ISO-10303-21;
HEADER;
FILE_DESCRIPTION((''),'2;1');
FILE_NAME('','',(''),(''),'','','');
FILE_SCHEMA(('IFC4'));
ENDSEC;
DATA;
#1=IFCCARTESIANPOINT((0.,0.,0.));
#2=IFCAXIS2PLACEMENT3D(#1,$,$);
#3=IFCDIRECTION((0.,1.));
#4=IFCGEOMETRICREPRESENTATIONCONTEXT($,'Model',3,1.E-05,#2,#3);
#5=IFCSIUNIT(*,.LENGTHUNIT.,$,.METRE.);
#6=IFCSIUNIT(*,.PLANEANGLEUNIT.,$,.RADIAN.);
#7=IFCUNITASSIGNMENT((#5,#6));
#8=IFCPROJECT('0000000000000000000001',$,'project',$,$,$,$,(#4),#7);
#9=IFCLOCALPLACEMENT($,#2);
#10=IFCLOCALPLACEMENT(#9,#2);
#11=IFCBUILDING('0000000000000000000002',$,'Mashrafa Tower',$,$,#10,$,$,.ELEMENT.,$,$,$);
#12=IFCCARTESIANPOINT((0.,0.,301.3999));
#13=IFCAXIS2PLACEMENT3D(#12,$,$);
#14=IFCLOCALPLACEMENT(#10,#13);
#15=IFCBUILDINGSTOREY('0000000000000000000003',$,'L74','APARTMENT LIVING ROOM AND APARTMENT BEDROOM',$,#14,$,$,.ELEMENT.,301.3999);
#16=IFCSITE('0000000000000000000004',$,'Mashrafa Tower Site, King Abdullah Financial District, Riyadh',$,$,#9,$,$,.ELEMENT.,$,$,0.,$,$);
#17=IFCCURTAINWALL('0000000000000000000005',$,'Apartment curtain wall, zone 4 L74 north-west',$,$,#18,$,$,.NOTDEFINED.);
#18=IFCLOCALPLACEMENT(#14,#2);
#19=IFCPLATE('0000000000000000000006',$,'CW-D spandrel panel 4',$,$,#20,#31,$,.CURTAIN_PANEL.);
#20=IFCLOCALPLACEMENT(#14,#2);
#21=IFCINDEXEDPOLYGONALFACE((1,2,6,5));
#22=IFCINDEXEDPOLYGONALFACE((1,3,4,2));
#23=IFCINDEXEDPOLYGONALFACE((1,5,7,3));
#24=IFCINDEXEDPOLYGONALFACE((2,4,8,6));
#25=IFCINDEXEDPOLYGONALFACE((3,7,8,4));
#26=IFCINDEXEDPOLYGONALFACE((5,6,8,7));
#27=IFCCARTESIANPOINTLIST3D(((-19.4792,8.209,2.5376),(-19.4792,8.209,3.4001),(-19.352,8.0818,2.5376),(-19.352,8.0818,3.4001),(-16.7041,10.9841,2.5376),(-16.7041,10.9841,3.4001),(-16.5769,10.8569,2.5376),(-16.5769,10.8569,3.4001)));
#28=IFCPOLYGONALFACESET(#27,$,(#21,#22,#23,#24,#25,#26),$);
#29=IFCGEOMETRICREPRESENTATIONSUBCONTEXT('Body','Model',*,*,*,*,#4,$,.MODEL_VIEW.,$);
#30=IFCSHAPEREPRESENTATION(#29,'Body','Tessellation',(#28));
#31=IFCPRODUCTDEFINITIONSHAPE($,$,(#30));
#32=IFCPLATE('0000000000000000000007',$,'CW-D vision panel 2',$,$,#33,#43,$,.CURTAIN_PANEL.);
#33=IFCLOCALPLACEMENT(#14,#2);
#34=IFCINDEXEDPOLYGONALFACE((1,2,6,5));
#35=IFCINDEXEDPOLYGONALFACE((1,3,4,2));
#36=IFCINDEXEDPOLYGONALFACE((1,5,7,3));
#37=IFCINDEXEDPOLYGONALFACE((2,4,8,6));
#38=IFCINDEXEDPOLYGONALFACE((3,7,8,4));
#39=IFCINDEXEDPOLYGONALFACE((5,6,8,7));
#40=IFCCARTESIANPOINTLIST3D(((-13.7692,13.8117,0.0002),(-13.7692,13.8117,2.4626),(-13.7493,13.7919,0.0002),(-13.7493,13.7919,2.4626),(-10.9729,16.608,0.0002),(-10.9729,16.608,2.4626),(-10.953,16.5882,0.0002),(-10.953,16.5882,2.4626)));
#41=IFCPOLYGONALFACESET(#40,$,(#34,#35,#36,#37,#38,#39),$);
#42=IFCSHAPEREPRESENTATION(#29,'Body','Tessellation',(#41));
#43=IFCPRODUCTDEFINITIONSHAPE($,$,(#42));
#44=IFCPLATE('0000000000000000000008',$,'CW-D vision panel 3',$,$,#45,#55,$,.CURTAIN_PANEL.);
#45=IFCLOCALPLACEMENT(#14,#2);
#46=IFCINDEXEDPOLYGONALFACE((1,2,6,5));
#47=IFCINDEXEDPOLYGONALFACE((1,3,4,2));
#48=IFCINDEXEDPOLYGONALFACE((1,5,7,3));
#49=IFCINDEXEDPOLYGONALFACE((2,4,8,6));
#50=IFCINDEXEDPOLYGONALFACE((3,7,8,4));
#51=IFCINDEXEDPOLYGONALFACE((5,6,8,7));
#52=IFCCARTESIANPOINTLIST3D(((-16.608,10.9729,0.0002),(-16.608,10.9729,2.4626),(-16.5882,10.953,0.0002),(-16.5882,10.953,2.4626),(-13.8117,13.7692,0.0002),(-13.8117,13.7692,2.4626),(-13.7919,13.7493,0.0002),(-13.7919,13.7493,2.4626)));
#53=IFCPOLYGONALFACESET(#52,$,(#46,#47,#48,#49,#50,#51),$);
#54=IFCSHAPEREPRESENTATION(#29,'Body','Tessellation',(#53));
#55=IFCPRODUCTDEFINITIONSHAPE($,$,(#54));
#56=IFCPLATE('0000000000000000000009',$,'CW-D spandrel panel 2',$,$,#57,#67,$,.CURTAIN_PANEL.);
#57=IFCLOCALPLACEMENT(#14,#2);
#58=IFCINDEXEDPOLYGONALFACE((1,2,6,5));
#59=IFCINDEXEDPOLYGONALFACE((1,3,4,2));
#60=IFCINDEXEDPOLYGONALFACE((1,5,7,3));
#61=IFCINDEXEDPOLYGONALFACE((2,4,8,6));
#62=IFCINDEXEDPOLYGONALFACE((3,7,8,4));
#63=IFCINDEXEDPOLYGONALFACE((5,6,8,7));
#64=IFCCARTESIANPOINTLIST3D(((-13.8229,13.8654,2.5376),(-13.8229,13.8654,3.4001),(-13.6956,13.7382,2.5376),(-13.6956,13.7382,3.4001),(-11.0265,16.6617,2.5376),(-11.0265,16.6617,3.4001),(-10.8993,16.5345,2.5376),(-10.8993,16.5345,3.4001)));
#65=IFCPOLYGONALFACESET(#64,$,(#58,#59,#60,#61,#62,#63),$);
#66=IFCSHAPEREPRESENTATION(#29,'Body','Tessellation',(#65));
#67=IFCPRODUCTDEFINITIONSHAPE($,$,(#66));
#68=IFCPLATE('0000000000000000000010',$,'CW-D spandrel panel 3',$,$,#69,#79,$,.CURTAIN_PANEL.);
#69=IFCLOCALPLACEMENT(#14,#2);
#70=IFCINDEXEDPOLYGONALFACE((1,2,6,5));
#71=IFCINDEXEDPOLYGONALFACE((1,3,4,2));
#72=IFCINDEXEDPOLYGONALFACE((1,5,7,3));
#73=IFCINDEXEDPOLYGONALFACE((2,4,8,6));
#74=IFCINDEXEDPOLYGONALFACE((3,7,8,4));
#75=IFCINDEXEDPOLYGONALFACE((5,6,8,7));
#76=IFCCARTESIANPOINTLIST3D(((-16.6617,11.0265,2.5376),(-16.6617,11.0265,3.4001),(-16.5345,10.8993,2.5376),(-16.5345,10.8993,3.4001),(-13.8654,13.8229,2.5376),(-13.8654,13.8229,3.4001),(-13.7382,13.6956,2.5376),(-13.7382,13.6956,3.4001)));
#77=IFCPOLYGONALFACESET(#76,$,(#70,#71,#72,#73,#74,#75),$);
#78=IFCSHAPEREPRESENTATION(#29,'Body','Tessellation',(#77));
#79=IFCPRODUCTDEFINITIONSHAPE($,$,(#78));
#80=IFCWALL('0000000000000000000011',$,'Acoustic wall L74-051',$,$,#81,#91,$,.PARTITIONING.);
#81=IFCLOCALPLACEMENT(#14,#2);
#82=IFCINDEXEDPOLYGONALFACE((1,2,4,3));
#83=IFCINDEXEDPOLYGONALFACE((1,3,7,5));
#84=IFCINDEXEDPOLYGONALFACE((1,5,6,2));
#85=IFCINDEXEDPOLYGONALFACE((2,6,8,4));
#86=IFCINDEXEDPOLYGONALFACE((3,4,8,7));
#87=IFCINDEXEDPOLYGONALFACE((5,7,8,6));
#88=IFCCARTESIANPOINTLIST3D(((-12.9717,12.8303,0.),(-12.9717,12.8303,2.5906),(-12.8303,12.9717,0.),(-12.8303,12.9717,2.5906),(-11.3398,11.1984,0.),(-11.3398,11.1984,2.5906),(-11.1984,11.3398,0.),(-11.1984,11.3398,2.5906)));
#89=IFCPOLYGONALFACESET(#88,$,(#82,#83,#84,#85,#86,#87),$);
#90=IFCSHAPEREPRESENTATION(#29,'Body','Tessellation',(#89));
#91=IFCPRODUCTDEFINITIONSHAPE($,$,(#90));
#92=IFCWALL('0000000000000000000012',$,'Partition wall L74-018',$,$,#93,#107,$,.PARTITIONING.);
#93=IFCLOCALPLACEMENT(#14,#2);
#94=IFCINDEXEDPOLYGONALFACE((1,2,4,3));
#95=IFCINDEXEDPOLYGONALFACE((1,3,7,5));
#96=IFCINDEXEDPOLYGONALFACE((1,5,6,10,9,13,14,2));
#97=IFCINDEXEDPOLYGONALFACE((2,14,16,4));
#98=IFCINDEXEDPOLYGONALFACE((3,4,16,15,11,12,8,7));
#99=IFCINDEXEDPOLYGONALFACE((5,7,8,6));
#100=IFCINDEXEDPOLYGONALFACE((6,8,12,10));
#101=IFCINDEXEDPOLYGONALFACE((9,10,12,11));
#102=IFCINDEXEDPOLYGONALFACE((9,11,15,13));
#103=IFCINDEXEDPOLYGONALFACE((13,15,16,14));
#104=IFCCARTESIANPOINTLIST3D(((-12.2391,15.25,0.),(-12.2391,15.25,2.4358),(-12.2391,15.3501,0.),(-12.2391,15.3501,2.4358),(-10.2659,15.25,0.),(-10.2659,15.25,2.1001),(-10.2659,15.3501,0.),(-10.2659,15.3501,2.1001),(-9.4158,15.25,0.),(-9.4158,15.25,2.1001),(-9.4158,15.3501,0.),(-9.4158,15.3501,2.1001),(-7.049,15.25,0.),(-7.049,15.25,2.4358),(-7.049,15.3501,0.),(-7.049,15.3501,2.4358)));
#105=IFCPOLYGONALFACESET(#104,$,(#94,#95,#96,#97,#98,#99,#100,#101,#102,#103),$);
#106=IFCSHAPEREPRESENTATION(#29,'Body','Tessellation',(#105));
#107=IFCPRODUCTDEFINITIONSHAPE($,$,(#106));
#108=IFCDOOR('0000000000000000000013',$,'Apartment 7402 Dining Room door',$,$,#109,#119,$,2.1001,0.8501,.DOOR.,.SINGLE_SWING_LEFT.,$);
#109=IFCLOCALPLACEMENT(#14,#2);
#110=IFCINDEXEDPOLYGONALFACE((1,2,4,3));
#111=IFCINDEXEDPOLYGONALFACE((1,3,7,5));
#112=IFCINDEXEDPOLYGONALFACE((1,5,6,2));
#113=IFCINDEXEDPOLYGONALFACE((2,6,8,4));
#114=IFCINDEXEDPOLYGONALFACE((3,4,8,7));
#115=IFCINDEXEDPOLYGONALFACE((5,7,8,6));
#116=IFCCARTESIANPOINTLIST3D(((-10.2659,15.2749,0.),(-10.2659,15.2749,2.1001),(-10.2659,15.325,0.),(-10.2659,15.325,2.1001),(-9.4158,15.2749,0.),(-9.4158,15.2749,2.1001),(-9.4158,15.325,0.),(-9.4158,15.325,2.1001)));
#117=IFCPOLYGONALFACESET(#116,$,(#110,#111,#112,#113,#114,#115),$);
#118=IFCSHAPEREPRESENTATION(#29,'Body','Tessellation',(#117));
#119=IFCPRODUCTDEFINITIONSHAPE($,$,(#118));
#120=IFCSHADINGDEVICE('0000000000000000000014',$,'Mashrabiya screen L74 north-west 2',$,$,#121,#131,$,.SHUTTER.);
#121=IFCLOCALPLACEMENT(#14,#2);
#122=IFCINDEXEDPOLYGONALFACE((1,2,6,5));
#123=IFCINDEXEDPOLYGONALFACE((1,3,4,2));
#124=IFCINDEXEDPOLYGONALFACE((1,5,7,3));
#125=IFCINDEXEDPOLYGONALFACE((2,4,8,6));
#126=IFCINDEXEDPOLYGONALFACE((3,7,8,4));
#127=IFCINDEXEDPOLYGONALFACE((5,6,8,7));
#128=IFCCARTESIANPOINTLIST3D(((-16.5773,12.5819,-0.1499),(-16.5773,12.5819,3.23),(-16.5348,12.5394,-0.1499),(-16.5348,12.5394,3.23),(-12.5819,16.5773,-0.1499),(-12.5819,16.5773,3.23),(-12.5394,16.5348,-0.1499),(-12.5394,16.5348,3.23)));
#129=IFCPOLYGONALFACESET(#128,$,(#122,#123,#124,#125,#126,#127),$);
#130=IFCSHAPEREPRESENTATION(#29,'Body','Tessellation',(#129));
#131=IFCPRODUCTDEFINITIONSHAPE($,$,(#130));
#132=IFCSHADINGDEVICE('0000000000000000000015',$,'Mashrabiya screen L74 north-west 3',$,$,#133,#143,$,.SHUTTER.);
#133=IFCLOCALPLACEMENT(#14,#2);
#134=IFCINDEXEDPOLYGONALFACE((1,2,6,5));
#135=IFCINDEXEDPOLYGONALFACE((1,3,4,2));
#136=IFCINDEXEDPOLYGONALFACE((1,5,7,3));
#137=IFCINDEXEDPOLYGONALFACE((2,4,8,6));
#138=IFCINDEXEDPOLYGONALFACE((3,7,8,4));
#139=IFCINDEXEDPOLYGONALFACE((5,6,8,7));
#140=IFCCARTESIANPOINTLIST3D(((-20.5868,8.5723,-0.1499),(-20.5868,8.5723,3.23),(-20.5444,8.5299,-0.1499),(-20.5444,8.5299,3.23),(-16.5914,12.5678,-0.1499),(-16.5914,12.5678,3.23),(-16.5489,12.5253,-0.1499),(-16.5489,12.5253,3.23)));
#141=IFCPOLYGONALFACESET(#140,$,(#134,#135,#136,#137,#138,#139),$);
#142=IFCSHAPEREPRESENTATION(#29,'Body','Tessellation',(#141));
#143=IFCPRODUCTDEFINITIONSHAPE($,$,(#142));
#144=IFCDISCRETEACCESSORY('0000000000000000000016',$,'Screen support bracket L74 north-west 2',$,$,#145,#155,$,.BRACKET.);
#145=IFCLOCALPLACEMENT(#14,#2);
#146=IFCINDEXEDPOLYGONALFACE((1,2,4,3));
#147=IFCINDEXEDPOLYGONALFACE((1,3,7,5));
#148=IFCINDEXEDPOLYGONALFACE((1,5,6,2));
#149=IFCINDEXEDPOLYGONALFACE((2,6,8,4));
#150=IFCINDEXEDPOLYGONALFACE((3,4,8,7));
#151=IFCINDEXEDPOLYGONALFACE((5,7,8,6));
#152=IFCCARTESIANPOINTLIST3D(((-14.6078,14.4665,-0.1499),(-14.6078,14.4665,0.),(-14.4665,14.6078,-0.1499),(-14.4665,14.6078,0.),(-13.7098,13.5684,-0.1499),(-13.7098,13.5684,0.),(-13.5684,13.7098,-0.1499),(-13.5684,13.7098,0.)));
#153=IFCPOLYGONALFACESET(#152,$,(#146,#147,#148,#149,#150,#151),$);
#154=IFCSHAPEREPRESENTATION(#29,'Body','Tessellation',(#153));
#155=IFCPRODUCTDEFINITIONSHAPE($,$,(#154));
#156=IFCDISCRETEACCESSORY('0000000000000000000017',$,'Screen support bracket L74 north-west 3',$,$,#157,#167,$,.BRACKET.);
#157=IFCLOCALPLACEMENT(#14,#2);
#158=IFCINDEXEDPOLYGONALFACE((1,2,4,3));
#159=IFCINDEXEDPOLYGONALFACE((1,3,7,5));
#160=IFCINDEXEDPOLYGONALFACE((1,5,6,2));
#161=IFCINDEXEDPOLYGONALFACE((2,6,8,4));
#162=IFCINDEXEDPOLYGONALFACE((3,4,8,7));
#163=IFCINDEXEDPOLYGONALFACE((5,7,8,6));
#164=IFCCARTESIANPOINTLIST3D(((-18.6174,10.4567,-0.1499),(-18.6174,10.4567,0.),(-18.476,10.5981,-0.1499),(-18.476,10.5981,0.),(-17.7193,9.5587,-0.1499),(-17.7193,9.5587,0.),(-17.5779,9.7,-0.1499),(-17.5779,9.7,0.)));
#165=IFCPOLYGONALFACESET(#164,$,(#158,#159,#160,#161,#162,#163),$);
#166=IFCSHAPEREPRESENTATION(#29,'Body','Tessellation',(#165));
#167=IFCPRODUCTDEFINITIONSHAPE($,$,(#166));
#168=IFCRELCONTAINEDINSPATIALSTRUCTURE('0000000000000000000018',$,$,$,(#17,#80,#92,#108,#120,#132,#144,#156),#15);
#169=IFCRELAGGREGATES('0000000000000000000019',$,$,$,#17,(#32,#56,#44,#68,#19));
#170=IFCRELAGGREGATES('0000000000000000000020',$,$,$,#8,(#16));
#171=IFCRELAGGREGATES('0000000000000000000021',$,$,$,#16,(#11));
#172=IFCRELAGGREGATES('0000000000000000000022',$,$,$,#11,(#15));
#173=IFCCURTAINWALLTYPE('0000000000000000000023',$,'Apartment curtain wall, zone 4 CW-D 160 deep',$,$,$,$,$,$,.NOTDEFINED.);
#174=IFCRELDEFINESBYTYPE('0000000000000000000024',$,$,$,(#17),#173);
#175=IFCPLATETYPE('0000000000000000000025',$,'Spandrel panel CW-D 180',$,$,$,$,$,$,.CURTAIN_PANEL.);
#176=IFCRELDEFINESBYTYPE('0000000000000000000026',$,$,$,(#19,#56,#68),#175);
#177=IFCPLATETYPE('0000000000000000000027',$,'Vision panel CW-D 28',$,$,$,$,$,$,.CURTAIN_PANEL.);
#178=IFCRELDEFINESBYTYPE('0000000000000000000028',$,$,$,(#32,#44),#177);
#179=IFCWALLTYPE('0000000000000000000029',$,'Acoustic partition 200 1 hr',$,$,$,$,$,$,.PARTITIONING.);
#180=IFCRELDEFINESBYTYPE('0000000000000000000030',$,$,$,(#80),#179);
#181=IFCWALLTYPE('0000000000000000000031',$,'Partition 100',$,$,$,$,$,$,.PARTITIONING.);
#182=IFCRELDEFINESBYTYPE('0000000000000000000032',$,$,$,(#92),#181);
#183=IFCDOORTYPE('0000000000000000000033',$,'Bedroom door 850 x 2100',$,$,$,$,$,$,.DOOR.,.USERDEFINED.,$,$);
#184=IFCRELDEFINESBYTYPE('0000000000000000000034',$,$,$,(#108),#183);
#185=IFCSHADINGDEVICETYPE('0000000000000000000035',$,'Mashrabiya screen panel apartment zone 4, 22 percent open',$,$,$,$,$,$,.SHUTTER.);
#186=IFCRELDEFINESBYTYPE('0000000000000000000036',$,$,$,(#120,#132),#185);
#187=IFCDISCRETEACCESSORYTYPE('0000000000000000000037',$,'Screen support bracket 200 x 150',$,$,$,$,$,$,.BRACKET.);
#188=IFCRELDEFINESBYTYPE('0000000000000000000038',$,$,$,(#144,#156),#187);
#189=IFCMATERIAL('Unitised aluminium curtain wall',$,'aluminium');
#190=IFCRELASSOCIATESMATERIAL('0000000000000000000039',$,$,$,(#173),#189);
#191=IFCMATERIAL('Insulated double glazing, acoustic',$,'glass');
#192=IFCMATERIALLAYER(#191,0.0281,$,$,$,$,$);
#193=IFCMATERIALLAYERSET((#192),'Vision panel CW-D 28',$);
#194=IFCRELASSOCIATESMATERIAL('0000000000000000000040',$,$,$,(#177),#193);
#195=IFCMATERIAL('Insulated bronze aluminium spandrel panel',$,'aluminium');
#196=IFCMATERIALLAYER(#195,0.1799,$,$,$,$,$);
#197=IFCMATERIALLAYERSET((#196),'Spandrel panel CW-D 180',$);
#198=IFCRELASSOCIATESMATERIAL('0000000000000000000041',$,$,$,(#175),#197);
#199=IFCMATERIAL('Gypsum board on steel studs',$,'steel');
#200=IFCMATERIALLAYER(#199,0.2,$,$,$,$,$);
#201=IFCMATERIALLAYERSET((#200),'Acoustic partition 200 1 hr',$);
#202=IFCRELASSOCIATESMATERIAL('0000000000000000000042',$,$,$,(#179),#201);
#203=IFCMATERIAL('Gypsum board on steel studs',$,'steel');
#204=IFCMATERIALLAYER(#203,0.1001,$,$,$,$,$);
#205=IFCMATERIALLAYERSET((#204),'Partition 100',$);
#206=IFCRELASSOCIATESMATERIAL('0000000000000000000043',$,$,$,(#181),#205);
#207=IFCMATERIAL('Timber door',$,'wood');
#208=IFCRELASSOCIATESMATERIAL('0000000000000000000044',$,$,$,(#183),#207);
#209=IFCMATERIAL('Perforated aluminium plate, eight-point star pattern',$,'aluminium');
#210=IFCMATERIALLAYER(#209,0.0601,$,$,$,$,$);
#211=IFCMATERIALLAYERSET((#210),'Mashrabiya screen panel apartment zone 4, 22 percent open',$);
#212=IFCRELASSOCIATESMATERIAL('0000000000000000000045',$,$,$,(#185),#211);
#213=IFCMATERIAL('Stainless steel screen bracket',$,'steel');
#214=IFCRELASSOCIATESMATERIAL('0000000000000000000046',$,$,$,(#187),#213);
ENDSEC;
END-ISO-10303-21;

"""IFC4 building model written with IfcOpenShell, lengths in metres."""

from ifc_helpers import new_model, si_unit, direction, frame, frame_2d, origin, origin_2d, place, context, subcontext, project, spatial, rectangle, extrude, source, transform, mapped, material, layer, layer_set, type_object, type_shapes, element, fill, aggregate, save


model = new_model("IFC4")

# Units and contexts
model_context = context("Model", 3, precision=1e-05, world=origin(), true_north=direction((0.0, 1.0)))
body_context = subcontext(model_context, "Body", "Model", "MODEL_VIEW")
ifc_project = project(units=[si_unit("LENGTHUNIT", "METRE"), si_unit("PLANEANGLEUNIT", "RADIAN")], contexts=[model_context])

# Site, building, storey
site_placement = place(None, origin())
site = spatial("IfcSite", under=ifc_project, at=site_placement, Name="Mashrafa Tower Site, King Abdullah Financial District, Riyadh", CompositionType="ELEMENT", RefElevation=0.0)
building_placement = place(site_placement, origin())
building = spatial("IfcBuilding", under=site, at=building_placement, Name="Mashrafa Tower", CompositionType="ELEMENT")
storey_placement = place(building_placement, frame((0.0, 0.0, 301.3999)))
storey = spatial("IfcBuildingStorey", under=building, at=storey_placement, Name="L74", Description="APARTMENT LIVING ROOM AND APARTMENT BEDROOM", CompositionType="ELEMENT", Elevation=301.3999)

# Curtain wall
ifc_material_1 = material(Name="Unitised aluminium curtain wall", Category="aluminium")
curtain_wall_type = type_object("IfcCurtainWallType", Name="Apartment curtain wall, zone 4 CW-D 160 deep", PredefinedType="NOTDEFINED", material=ifc_material_1)
curtain_wall_1_placement = place(storey_placement, origin())
curtain_wall_1 = element("IfcCurtainWall", 1, at=curtain_wall_1_placement, inside=storey, type_object=curtain_wall_type, Name="Apartment curtain wall, zone 4 L74 north-west", PredefinedType="NOTDEFINED")

# Plates
ifc_material_2 = material(Name="Insulated double glazing, acoustic", Category="glass")
ifc_layer_1 = layer(ifc_material_2, 0.0281)
ifc_layer_set_1 = layer_set([ifc_layer_1], Name="Vision panel CW-D 28")
plate_type_1 = type_object("IfcPlateType", Name="Vision panel CW-D 28", PredefinedType="CURTAIN_PANEL", material=ifc_layer_set_1)
ifc_material_3 = material(Name="Insulated bronze aluminium spandrel panel", Category="aluminium")
ifc_layer_2 = layer(ifc_material_3, 0.1799)
ifc_layer_set_2 = layer_set([ifc_layer_2], Name="Spandrel panel CW-D 180")
plate_type_2 = type_object("IfcPlateType", Name="Spandrel panel CW-D 180", PredefinedType="CURTAIN_PANEL", material=ifc_layer_set_2)
shared_shape_1 = source(origin(), body_context, "Body", "SweptSolid", [
    extrude(rectangle(XDim=3.9246, YDim=0.1799, at=origin_2d()), origin(), (0.0, 0.0, 1.0), 0.8625),
])
plate_1_placement = place(storey_placement, frame((-18.0281, 9.533, 2.5376), z_axis=(0.0, 0.0, 1.0), x_axis=(-0.707107, -0.707107, 0.0)))
plate_1 = element("IfcPlate", 2, at=plate_1_placement, type_object=plate_type_2, Name="CW-D spandrel panel 4", PredefinedType="CURTAIN_PANEL", context=body_context, shape_type="MappedRepresentation", body=[
    mapped(shared_shape_1, transform((0.0, 0.0, 0.0))),
])
shared_shape_2 = source(origin(), body_context, "Body", "SweptSolid", [
    extrude(rectangle(XDim=3.9546, YDim=0.0281, at=origin_2d()), origin(), (0.0, 0.0, 1.0), 2.4624),
])
plate_2_placement = place(storey_placement, frame((-12.3611, 15.2, 0.0002), z_axis=(0.0, 0.0, 1.0), x_axis=(-0.707107, -0.707107, 0.0)))
plate_2 = element("IfcPlate", 3, at=plate_2_placement, type_object=plate_type_1, Name="CW-D vision panel 2", PredefinedType="CURTAIN_PANEL", context=body_context, shape_type="MappedRepresentation", body=[
    mapped(shared_shape_2, transform((0.0, 0.0, 0.0))),
])
plate_3_placement = place(storey_placement, frame((-15.2, 12.3611, 0.0002), z_axis=(0.0, 0.0, 1.0), x_axis=(-0.707107, -0.707107, 0.0)))
plate_3 = element("IfcPlate", 4, at=plate_3_placement, type_object=plate_type_1, Name="CW-D vision panel 3", PredefinedType="CURTAIN_PANEL", context=body_context, shape_type="MappedRepresentation", body=[
    mapped(shared_shape_2, transform((0.0, 0.0, 0.0))),
])
shared_shape_3 = source(origin(), body_context, "Body", "SweptSolid", [
    extrude(rectangle(XDim=3.9546, YDim=0.1799, at=origin_2d()), origin(), (0.0, 0.0, 1.0), 0.8625),
])
type_shapes(plate_type_2, [shared_shape_1, shared_shape_3])
plate_4_placement = place(storey_placement, frame((-12.3611, 15.2, 2.5376), z_axis=(0.0, 0.0, 1.0), x_axis=(-0.707107, -0.707107, 0.0)))
plate_4 = element("IfcPlate", 5, at=plate_4_placement, type_object=plate_type_2, Name="CW-D spandrel panel 2", PredefinedType="CURTAIN_PANEL", context=body_context, shape_type="MappedRepresentation", body=[
    mapped(shared_shape_3, transform((0.0, 0.0, 0.0))),
])
plate_5_placement = place(storey_placement, frame((-15.2, 12.3611, 2.5376), z_axis=(0.0, 0.0, 1.0), x_axis=(-0.707107, -0.707107, 0.0)))
plate_5 = element("IfcPlate", 6, at=plate_5_placement, type_object=plate_type_2, Name="CW-D spandrel panel 3", PredefinedType="CURTAIN_PANEL", context=body_context, shape_type="MappedRepresentation", body=[
    mapped(shared_shape_3, transform((0.0, 0.0, 0.0))),
])
aggregate(curtain_wall_1, [plate_2, plate_4, plate_3, plate_5, plate_1])

# Wall
ifc_material_4 = material(Name="Gypsum board on steel studs", Category="steel")
ifc_layer_3 = layer(ifc_material_4, 0.2)
ifc_layer_set_3 = layer_set([ifc_layer_3], Name="Acoustic partition 200 1 hr")
wall_type_1 = type_object("IfcWallType", Name="Acoustic partition 200 1 hr", PredefinedType="PARTITIONING", material=ifc_layer_set_3)
wall_1_placement = place(storey_placement, frame((-12.9009, 12.9009, 0.0), z_axis=(0.0, 0.0, 1.0), x_axis=(0.707107, -0.707107, 0.0)))
element("IfcWall", 7, at=wall_1_placement, inside=storey, type_object=wall_type_1, Name="Acoustic wall L74-051", PredefinedType="PARTITIONING", context=body_context, shape_type="SweptSolid", body=[
    extrude(rectangle(XDim=2.3079, YDim=0.2, at=frame_2d((1.1538, 0.0))), origin(), (0.0, 0.0, 1.0), 2.5906),
])

# Wall, opening, door
ifc_material_5 = material(Name="Gypsum board on steel studs", Category="steel")
ifc_layer_4 = layer(ifc_material_5, 0.1001)
ifc_layer_set_4 = layer_set([ifc_layer_4], Name="Partition 100")
wall_type_2 = type_object("IfcWallType", Name="Partition 100", PredefinedType="PARTITIONING", material=ifc_layer_set_4)
wall_2_placement = place(storey_placement, frame((-12.2393, 15.3, 0.0), z_axis=(0.0, 0.0, 1.0), x_axis=(1.0, 0.0, 0.0)))
wall_2 = element("IfcWall", 8, at=wall_2_placement, inside=storey, type_object=wall_type_2, Name="Partition wall L74-018", PredefinedType="PARTITIONING", context=body_context, shape_type="SweptSolid", body=[
    extrude(rectangle(XDim=5.1902, YDim=0.1001, at=frame_2d((2.5952, 0.0))), origin(), (0.0, 0.0, 1.0), 2.4358),
])
opening_placement = place(wall_2_placement, frame((1.9734, 0.0, 0.0)))
opening = element("IfcOpeningElement", 9, at=opening_placement, cuts=wall_2, PredefinedType="OPENING", context=body_context, shape_type="SweptSolid", body=[
    extrude(rectangle(XDim=0.8501, YDim=2.1001, at=frame_2d((0.425, 1.05))), frame((0.0, 0.0601, 0.0), z_axis=(0.0, -1.0, 0.0), x_axis=(1.0, 0.0, 0.0)), (0.0, 0.0, 1.0), 0.1201),
])
ifc_material_6 = material(Name="Timber door", Category="wood")
door_type = type_object("IfcDoorType", Name="Bedroom door 850 x 2100", OperationType="USERDEFINED", PredefinedType="DOOR", material=ifc_material_6)
door_placement = place(opening_placement, origin())
door = element("IfcDoor", 10, at=door_placement, inside=storey, type_object=door_type, Name="Apartment 7402 Dining Room door", OperationType="SINGLE_SWING_LEFT", OverallHeight=2.1001, OverallWidth=0.8501, PredefinedType="DOOR", context=body_context, shape_type="SweptSolid", body=[
    extrude(rectangle(XDim=0.8501, YDim=2.1001, at=frame_2d((0.425, 1.05))), frame((0.0, 0.0249, 0.0), z_axis=(0.0, -1.0, 0.0), x_axis=(1.0, 0.0, 0.0)), (0.0, 0.0, 1.0), 0.05),
])
fill(opening, door)

# Shading devices
ifc_material_7 = material(Name="Perforated aluminium plate, eight-point star pattern", Category="aluminium")
ifc_layer_5 = layer(ifc_material_7, 0.0601)
ifc_layer_set_5 = layer_set([ifc_layer_5], Name="Mashrabiya screen panel apartment zone 4, 22 percent open")
shading_device_type = type_object("IfcShadingDeviceType", Name="Mashrabiya screen panel apartment zone 4, 22 percent open", PredefinedType="SHUTTER", material=ifc_layer_set_5)
shared_shape_4 = source(origin(), body_context, "Body", "SweptSolid", [
    extrude(rectangle(XDim=5.6504, YDim=0.0601, at=origin_2d()), origin(), (0.0, 0.0, 1.0), 3.3799),
])
type_shapes(shading_device_type, [shared_shape_4])
for number, where, z_axis, x_axis, name in (
    (11, (-14.5583, 14.5583, -0.1499), (0.0, 0.0, 1.0), (-0.707107, -0.707107, 0.0), "Mashrabiya screen L74 north-west 2"),
    (12, (-18.5679, 10.5488, -0.1499), (0.0, 0.0, 1.0), (-0.707107, -0.707107, 0.0), "Mashrabiya screen L74 north-west 3"),
):
    element("IfcShadingDevice", number, at=place(storey_placement, frame(where, z_axis=z_axis, x_axis=x_axis)), inside=storey, type_object=shading_device_type, Name=name, PredefinedType="SHUTTER", context=body_context, shape_type="MappedRepresentation", body=[
        mapped(shared_shape_4, transform((0.0, 0.0, 0.0))),
    ])

# Discrete accessories
ifc_material_8 = material(Name="Stainless steel screen bracket", Category="steel")
discrete_accessory_type = type_object("IfcDiscreteAccessoryType", Name="Screen support bracket 200 x 150", PredefinedType="BRACKET", material=ifc_material_8)
shared_shape_5 = source(origin(), body_context, "Body", "SweptSolid", [
    extrude(rectangle(XDim=0.2, YDim=1.27, at=origin_2d()), origin(), (0.0, 0.0, 1.0), 0.1499),
])
type_shapes(discrete_accessory_type, [shared_shape_5])
for number, where, z_axis, x_axis, name in (
    (13, (-14.0881, 14.0881, -0.1499), (0.0, 0.0, 1.0), (-0.707107, -0.707107, 0.0), "Screen support bracket L74 north-west 2"),
    (14, (-18.0977, 10.0784, -0.1499), (0.0, 0.0, 1.0), (-0.707107, -0.707107, 0.0), "Screen support bracket L74 north-west 3"),
):
    element("IfcDiscreteAccessory", number, at=place(storey_placement, frame(where, z_axis=z_axis, x_axis=x_axis)), inside=storey, type_object=discrete_accessory_type, Name=name, PredefinedType="BRACKET", context=body_context, shape_type="MappedRepresentation", body=[
        mapped(shared_shape_5, transform((0.0, 0.0, 0.0))),
    ])

save(model, "model.ifc")
